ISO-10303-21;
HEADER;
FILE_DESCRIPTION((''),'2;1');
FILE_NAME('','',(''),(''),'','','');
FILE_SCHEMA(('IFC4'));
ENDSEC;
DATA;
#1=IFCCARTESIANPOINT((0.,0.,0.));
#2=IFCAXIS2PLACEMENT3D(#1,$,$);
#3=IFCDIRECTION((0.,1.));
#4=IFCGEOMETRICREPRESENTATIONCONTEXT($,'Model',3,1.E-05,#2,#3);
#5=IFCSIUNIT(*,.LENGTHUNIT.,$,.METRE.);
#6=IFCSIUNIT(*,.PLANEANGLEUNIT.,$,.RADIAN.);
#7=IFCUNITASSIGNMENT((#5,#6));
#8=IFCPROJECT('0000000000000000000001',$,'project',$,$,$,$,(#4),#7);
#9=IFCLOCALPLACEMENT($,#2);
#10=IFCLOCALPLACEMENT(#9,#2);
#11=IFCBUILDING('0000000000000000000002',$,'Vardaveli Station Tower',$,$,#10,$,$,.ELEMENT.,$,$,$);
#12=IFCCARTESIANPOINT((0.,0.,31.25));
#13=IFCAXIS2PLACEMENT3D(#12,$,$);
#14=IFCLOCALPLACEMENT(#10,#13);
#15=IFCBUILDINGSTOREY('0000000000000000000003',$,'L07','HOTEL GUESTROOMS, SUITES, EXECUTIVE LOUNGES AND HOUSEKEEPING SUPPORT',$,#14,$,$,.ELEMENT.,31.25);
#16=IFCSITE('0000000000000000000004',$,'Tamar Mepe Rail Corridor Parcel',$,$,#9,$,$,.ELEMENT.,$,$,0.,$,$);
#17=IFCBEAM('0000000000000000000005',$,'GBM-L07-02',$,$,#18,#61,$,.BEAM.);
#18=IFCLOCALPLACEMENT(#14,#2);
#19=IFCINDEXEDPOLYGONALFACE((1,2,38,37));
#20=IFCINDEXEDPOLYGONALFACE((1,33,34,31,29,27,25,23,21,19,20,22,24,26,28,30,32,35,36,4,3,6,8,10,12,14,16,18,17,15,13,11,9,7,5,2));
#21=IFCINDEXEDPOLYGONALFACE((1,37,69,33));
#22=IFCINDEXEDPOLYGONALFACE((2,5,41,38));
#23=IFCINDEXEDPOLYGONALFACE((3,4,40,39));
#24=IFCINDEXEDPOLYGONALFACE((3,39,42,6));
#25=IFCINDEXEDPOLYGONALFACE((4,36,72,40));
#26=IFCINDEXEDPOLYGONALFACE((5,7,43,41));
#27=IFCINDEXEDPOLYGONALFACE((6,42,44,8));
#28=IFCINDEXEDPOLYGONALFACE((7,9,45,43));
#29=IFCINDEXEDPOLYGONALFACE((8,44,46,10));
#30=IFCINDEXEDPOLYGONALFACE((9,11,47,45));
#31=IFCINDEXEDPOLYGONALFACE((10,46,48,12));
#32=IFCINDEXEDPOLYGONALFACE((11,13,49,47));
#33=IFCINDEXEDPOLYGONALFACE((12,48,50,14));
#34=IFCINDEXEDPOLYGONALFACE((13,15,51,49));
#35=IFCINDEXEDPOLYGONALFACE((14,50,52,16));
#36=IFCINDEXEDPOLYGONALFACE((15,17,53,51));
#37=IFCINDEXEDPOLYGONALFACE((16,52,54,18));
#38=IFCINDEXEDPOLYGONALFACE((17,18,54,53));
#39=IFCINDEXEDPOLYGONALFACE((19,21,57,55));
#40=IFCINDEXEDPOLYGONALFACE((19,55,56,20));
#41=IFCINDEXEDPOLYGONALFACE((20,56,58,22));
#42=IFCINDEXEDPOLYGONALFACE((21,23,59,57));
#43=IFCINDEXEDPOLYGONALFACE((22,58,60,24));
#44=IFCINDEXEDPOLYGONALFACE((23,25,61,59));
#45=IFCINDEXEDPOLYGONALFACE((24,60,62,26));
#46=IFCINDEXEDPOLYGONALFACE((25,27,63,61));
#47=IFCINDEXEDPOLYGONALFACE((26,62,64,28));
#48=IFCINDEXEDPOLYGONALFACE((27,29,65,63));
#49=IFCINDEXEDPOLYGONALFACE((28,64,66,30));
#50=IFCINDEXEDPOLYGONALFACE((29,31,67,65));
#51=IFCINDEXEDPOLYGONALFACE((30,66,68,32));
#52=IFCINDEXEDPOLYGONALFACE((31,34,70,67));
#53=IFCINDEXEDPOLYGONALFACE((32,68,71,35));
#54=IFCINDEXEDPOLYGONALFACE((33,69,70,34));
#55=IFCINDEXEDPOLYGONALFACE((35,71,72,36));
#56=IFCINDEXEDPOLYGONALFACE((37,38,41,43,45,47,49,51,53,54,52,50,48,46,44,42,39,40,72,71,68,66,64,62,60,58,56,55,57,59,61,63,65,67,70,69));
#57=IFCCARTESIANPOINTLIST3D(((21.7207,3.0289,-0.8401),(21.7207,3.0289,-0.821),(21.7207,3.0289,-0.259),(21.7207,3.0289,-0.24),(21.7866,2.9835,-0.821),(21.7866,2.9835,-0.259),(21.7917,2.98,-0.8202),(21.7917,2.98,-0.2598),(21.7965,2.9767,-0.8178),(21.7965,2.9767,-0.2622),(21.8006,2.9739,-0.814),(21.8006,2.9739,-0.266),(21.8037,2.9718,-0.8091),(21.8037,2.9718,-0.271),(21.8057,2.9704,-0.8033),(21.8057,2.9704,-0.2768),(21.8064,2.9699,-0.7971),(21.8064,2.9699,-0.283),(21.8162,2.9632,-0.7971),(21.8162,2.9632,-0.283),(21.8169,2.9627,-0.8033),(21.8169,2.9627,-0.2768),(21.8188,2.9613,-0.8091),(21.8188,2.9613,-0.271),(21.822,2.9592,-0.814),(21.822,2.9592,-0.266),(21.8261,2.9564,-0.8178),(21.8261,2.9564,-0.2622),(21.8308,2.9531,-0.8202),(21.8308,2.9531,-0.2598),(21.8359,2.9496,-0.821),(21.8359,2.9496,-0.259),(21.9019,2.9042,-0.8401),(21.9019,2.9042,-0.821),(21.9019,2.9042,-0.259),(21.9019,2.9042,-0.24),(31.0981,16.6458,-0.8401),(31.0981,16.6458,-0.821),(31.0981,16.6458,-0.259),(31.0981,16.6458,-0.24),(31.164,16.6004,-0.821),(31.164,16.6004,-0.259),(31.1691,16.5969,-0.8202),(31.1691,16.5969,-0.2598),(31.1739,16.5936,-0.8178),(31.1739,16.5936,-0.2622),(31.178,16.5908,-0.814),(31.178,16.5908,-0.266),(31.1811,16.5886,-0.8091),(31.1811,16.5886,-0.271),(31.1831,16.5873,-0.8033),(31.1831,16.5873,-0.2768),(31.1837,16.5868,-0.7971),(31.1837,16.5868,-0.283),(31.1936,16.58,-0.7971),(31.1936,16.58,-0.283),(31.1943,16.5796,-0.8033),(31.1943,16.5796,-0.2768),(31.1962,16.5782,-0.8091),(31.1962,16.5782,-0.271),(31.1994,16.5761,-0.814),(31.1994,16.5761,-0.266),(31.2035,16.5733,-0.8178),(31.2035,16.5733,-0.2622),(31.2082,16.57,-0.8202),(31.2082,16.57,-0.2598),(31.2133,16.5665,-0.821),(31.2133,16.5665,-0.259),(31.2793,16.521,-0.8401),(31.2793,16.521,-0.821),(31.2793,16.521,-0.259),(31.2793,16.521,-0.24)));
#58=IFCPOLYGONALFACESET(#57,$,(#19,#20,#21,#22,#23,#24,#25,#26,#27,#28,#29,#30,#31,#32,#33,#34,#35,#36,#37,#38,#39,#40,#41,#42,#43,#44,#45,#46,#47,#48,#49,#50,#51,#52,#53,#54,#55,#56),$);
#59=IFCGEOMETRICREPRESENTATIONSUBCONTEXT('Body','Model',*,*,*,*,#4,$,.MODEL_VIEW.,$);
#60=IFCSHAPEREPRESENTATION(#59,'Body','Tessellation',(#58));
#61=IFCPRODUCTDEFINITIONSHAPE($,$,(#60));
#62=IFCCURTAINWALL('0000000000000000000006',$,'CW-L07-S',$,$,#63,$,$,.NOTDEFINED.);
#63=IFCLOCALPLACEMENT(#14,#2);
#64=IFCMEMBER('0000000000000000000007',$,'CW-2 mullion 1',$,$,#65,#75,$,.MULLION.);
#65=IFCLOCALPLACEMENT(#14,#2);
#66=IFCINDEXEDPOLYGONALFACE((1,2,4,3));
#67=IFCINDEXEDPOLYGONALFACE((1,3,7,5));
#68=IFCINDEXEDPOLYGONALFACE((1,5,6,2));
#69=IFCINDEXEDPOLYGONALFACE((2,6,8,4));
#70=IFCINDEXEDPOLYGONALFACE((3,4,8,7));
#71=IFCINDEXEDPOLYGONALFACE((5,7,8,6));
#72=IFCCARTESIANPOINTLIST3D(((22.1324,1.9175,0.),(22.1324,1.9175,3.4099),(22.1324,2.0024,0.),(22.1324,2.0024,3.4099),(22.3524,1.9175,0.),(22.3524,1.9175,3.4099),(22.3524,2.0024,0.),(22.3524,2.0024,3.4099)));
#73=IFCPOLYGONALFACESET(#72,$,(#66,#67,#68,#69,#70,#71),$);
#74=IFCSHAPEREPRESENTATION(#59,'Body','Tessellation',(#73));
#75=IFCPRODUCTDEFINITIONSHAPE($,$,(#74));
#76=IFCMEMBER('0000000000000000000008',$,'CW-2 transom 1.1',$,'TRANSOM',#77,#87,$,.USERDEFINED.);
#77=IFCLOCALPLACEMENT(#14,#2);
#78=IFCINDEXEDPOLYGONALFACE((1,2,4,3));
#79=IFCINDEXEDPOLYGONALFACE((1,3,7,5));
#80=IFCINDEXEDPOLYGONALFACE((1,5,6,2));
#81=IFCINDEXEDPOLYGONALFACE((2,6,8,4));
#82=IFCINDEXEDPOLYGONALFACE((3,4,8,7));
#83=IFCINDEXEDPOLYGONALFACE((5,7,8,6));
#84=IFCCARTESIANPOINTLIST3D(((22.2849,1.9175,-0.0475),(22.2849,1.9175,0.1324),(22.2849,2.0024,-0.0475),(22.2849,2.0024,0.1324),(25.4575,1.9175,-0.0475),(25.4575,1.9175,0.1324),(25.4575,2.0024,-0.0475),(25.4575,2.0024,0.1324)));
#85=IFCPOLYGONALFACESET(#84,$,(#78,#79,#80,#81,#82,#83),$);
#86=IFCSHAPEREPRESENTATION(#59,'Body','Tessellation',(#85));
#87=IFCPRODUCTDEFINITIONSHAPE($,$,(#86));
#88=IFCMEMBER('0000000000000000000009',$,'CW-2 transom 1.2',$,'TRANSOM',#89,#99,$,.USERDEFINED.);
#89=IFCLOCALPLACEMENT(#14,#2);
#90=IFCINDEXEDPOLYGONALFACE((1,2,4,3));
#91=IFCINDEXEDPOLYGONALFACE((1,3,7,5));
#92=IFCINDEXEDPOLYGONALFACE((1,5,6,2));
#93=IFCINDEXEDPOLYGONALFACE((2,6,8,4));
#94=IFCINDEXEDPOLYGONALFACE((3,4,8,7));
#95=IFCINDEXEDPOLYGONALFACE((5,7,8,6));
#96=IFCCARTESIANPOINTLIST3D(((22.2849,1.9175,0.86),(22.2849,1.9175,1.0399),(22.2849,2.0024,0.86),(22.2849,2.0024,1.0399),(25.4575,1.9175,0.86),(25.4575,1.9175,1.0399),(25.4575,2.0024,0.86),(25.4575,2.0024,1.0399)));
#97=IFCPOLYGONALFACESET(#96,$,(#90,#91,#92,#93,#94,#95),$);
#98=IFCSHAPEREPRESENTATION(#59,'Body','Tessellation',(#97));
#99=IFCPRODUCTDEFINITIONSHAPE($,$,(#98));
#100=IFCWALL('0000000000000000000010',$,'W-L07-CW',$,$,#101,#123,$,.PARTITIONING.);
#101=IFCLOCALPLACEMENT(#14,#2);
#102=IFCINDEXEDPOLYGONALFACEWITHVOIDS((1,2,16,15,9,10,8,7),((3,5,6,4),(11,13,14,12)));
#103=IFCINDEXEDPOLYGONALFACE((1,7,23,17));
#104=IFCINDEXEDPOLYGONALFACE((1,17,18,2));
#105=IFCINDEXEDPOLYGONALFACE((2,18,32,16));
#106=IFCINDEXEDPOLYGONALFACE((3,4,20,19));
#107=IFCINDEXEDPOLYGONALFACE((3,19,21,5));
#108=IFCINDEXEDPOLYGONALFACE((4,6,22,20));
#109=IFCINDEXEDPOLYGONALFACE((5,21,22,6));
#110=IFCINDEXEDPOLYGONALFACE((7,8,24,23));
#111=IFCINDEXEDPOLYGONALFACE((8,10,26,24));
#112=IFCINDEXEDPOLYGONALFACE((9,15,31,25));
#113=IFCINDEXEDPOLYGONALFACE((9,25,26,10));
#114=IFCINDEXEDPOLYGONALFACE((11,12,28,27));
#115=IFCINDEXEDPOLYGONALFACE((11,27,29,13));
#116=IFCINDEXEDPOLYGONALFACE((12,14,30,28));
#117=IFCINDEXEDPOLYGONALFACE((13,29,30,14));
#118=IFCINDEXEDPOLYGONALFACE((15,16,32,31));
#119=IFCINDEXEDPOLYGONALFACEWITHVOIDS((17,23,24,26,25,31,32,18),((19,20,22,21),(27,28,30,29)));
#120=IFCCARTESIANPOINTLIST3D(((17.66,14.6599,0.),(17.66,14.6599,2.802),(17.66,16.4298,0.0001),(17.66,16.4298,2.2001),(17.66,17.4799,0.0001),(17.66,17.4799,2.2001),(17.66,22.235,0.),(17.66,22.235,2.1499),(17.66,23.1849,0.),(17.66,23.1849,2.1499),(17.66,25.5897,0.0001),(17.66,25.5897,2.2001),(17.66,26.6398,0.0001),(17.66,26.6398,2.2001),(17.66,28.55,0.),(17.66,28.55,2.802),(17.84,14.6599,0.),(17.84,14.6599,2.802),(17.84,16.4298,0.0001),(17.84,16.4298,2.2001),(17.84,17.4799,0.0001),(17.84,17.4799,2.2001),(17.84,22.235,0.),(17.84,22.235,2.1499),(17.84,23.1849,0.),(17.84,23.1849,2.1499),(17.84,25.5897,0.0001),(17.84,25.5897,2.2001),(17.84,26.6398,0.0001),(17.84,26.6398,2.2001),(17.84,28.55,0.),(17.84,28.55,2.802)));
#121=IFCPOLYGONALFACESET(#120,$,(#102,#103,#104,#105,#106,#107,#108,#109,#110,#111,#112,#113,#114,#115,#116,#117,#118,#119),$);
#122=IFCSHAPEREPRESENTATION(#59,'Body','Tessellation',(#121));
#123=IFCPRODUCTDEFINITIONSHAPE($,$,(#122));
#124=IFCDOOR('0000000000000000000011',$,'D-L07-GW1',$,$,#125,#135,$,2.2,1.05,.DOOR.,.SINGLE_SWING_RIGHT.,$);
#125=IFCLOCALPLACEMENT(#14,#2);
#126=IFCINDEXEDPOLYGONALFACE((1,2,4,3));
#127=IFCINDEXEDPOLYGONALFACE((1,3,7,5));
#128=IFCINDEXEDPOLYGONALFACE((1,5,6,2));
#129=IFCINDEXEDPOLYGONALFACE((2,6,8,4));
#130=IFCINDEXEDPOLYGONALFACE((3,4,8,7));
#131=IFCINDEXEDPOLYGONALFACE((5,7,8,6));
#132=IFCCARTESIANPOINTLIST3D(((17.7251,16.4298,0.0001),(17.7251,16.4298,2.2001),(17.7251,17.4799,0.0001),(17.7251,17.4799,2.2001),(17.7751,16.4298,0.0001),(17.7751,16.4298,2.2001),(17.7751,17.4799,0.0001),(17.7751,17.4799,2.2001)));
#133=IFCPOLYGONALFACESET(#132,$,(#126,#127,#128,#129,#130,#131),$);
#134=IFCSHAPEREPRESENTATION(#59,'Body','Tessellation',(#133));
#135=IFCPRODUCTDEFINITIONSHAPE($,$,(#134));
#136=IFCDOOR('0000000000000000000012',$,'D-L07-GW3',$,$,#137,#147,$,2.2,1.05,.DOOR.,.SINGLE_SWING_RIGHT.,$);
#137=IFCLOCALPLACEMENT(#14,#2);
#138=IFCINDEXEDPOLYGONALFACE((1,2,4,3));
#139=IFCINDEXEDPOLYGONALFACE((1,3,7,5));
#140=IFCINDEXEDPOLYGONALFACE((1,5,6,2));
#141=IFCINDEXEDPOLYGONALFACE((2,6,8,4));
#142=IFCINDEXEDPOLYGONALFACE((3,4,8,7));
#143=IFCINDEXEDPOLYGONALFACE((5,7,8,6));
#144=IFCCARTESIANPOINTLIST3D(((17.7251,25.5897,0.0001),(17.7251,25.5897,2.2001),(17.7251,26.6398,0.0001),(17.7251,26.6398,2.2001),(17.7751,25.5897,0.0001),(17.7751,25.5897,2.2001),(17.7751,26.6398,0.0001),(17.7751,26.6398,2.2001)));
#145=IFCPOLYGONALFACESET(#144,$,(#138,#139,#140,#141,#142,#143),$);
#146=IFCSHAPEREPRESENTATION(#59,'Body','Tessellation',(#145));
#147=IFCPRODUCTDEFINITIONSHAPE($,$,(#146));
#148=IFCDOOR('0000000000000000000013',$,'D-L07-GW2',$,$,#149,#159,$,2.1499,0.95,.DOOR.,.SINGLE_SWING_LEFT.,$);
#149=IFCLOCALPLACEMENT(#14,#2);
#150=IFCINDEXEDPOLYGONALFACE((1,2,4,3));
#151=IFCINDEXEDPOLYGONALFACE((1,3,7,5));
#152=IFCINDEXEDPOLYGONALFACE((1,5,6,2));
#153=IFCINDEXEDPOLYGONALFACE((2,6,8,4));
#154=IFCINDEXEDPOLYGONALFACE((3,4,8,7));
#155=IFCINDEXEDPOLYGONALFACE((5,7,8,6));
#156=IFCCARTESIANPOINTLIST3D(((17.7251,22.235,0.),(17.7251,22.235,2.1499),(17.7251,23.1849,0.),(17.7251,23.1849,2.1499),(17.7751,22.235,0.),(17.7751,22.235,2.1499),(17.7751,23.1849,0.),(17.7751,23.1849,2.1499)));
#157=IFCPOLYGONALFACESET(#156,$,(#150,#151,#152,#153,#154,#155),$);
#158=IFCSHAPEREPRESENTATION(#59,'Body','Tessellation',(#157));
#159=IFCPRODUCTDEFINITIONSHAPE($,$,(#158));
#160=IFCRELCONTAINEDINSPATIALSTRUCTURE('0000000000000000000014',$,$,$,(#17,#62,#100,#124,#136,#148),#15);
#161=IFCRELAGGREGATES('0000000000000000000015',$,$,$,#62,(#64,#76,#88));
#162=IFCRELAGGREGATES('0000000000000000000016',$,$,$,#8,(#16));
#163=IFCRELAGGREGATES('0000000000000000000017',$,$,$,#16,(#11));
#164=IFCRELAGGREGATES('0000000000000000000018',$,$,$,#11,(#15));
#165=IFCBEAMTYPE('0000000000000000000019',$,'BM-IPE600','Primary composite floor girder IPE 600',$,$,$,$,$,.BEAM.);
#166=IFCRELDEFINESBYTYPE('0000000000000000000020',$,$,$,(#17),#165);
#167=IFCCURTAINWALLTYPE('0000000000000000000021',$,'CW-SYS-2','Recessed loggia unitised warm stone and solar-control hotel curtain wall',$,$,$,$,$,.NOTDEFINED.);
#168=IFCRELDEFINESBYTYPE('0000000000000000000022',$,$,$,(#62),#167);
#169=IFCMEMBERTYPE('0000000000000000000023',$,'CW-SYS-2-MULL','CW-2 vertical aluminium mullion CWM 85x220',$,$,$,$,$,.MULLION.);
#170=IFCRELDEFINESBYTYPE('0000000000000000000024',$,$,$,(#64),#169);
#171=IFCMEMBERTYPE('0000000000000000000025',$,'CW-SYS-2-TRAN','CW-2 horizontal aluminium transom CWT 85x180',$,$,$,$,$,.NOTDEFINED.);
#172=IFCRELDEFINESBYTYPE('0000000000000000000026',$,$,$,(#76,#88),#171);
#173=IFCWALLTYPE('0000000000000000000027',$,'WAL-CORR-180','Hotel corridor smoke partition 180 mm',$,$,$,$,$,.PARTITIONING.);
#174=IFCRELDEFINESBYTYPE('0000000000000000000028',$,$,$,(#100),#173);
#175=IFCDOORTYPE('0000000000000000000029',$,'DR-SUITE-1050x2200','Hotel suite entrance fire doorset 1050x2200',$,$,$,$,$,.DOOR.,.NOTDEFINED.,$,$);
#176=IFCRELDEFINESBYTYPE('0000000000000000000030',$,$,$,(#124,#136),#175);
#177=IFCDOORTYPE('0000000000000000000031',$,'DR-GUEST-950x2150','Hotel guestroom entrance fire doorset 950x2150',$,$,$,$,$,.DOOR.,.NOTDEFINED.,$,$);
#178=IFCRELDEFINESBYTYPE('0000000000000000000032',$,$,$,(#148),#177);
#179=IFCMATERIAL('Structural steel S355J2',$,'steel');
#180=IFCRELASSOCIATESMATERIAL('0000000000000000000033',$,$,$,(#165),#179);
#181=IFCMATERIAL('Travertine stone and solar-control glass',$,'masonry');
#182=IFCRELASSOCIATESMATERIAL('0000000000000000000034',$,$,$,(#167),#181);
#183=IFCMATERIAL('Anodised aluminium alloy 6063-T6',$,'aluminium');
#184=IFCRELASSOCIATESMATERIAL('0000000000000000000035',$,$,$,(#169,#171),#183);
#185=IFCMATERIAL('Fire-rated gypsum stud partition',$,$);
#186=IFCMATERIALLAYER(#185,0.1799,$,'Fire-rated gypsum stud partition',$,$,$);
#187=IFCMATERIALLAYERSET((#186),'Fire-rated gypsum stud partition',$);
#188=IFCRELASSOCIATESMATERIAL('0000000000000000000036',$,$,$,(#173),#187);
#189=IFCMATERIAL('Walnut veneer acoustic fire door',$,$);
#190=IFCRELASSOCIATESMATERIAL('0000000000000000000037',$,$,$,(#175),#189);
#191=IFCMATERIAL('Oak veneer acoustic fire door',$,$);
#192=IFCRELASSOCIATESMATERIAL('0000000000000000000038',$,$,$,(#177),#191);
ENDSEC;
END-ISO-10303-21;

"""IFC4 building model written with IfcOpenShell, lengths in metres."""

from ifc_helpers import new_model, si_unit, direction, frame, frame_2d, origin, origin_2d, place, context, subcontext, project, spatial, rectangle, i_section, extrude, source, transform, mapped, material, layer, layer_set, material_profile, profile_set, type_object, element, fill, aggregate, save


model = new_model("IFC4")

# Units and contexts
model_context = context("Model", 3, precision=1e-05, world=origin(), true_north=direction((0.0, 1.0)))
body_context = subcontext(model_context, "Body", "Model", "MODEL_VIEW")
ifc_project = project(units=[si_unit("LENGTHUNIT", "METRE"), si_unit("PLANEANGLEUNIT", "RADIAN")], contexts=[model_context])

# Site, building, storey
site_placement = place(None, origin())
site = spatial("IfcSite", under=ifc_project, at=site_placement, Name="Tamar Mepe Rail Corridor Parcel", CompositionType="ELEMENT", RefElevation=0.0)
building_placement = place(site_placement, origin())
building = spatial("IfcBuilding", under=site, at=building_placement, Name="Vardaveli Station Tower", CompositionType="ELEMENT")
storey_placement = place(building_placement, frame((0.0, 0.0, 31.25)))
storey = spatial("IfcBuildingStorey", under=building, at=storey_placement, Name="L07", Description="HOTEL GUESTROOMS, SUITES, EXECUTIVE LOUNGES AND HOUSEKEEPING SUPPORT", CompositionType="ELEMENT", Elevation=31.25)

# Beam
ifc_material_1 = material(Name="Structural steel S355J2", Category="steel")
ifc_material_profile_1 = material_profile(ifc_material_1, i_section(OverallWidth=0.22, OverallDepth=0.6001, WebThickness=0.012, FlangeThickness=0.019, FilletRadius=0.0239, at=origin_2d()), Name="IPE 600")
ifc_profile_set_1 = profile_set([ifc_material_profile_1], Name="Structural steel S355J2")
beam_type_1 = type_object("IfcBeamType", Name="BM-IPE600", Description="Primary composite floor girder IPE 600", PredefinedType="BEAM", material=ifc_profile_set_1)
shared_shape_1 = source(origin(), body_context, "Body", "SweptSolid", [
    extrude(i_section(OverallWidth=0.22, OverallDepth=0.6001, WebThickness=0.012, FlangeThickness=0.019, FilletRadius=0.0239, at=origin_2d()), origin(), (0.0, 0.0, 1.0), 16.5334),
])
beam_1_placement = place(storey_placement, frame((21.8113, 2.9666, -0.54), z_axis=(0.567177, 0.823596, 0.0), x_axis=(-0.823596, 0.567177, 0.0)))
element("IfcBeam", 1, at=beam_1_placement, inside=storey, type_object=beam_type_1, Name="GBM-L07-02", PredefinedType="BEAM", context=body_context, shape_type="MappedRepresentation", body=[
    mapped(shared_shape_1, transform((0.0, 0.0, 0.0), scale=1.0)),
])

# Curtain wall, members
ifc_material_2 = material(Name="Travertine stone and solar-control glass", Category="masonry")
curtain_wall_type = type_object("IfcCurtainWallType", Name="CW-SYS-2", Description="Recessed loggia unitised warm stone and solar-control hotel curtain wall", PredefinedType="NOTDEFINED", material=ifc_material_2)
curtain_wall_placement = place(storey_placement, origin())
curtain_wall = element("IfcCurtainWall", 2, at=curtain_wall_placement, inside=storey, type_object=curtain_wall_type, Name="CW-L07-S", PredefinedType="NOTDEFINED")
ifc_material_3 = material(Name="Anodised aluminium alloy 6063-T6", Category="aluminium")
ifc_material_profile_2 = material_profile(ifc_material_3, rectangle(XDim=0.085, YDim=0.22, at=origin_2d()), Name="CWM 85x220")
ifc_profile_set_2 = profile_set([ifc_material_profile_2], Name="Anodised aluminium alloy 6063-T6")
member_type_1 = type_object("IfcMemberType", Name="CW-SYS-2-MULL", Description="CW-2 vertical aluminium mullion CWM 85x220", PredefinedType="MULLION", material=ifc_profile_set_2)
shared_shape_2 = source(origin(), body_context, "Body", "SweptSolid", [
    extrude(rectangle(XDim=0.085, YDim=0.22, at=origin_2d()), origin(), (0.0, 0.0, 1.0), 3.4099),
])
member_1_placement = place(storey_placement, frame((22.2424, 1.96, 0.0), z_axis=(0.0, 0.0, 1.0), x_axis=(0.0, 1.0, 0.0)))
member_1 = element("IfcMember", 3, at=member_1_placement, type_object=member_type_1, Name="CW-2 mullion 1", PredefinedType="MULLION", context=body_context, shape_type="MappedRepresentation", body=[
    mapped(shared_shape_2, transform((0.0, 0.0, 0.0), scale=1.0)),
])
ifc_material_profile_3 = material_profile(ifc_material_3, rectangle(XDim=0.085, YDim=0.1799, at=origin_2d()), Name="CWT 85x180")
ifc_profile_set_3 = profile_set([ifc_material_profile_3], Name="Anodised aluminium alloy 6063-T6")
member_type_2 = type_object("IfcMemberType", Name="CW-SYS-2-TRAN", Description="CW-2 horizontal aluminium transom CWT 85x180", PredefinedType="NOTDEFINED", material=ifc_profile_set_3)
shared_shape_3 = source(origin(), body_context, "Body", "SweptSolid", [
    extrude(rectangle(XDim=0.085, YDim=0.1799, at=origin_2d()), origin(), (0.0, 0.0, 1.0), 3.1726),
])
member_2_placement = place(storey_placement, frame((22.2849, 1.96, 0.0425), z_axis=(1.0, 0.0, 0.0), x_axis=(0.0, 1.0, 0.0)))
member_2 = element("IfcMember", 4, at=member_2_placement, type_object=member_type_2, Name="CW-2 transom 1.1", ObjectType="TRANSOM", PredefinedType="USERDEFINED", context=body_context, shape_type="MappedRepresentation", body=[
    mapped(shared_shape_3, transform((0.0, 0.0, 0.0), scale=1.0)),
])
member_3_placement = place(storey_placement, frame((22.2849, 1.96, 0.95), z_axis=(1.0, 0.0, 0.0), x_axis=(0.0, 1.0, 0.0)))
member_3 = element("IfcMember", 5, at=member_3_placement, type_object=member_type_2, Name="CW-2 transom 1.2", ObjectType="TRANSOM", PredefinedType="USERDEFINED", context=body_context, shape_type="MappedRepresentation", body=[
    mapped(shared_shape_3, transform((0.0, 0.0, 0.0), scale=1.0)),
])
aggregate(curtain_wall, [member_1, member_2, member_3])

# Wall, openings, doors
ifc_material_4 = material(Name="Fire-rated gypsum stud partition")
ifc_layer_1 = layer(ifc_material_4, 0.1799, Name="Fire-rated gypsum stud partition")
ifc_layer_set_1 = layer_set([ifc_layer_1], Name="Fire-rated gypsum stud partition")
wall_type_1 = type_object("IfcWallType", Name="WAL-CORR-180", Description="Hotel corridor smoke partition 180 mm", PredefinedType="PARTITIONING", material=ifc_layer_set_1)
shared_shape_4 = source(origin(), body_context, "Body", "SweptSolid", [
    extrude(rectangle(XDim=13.8901, YDim=0.1799, at=frame_2d((6.9451, 0.0))), origin(), (0.0, 0.0, 1.0), 2.802),
])
wall_1_placement = place(storey_placement, frame((17.75, 14.6599, 0.0), z_axis=(0.0, 0.0, 1.0), x_axis=(0.0, 1.0, 0.0)))
wall_1 = element("IfcWall", 6, at=wall_1_placement, inside=storey, type_object=wall_type_1, Name="W-L07-CW", PredefinedType="PARTITIONING", context=body_context, shape_type="MappedRepresentation", body=[
    mapped(shared_shape_4, transform((0.0, 0.0, 0.0), scale=1.0)),
])
shared_shape_5 = source(origin(), body_context, "Body", "SweptSolid", [
    extrude(rectangle(XDim=1.05, YDim=2.2, at=frame_2d((0.5249, 1.1001))), frame((0.0, 0.1001, 0.0), z_axis=(0.0, -1.0, 0.0), x_axis=(1.0, 0.0, 0.0)), (0.0, 0.0, 1.0), 0.2),
])
opening_1_placement = place(wall_1_placement, frame((1.77, 0.0, 0.0)))
opening_1 = element("IfcOpeningElement", 7, at=opening_1_placement, cuts=wall_1, PredefinedType="OPENING", context=body_context, shape_type="MappedRepresentation", body=[
    mapped(shared_shape_5, transform((0.0, 0.0, 0.0), scale=1.0)),
])
shared_shape_6 = source(origin(), body_context, "Body", "SweptSolid", [
    extrude(rectangle(XDim=0.95, YDim=2.1499, at=frame_2d((0.4751, 1.075))), frame((0.0, 0.1001, 0.0), z_axis=(0.0, -1.0, 0.0), x_axis=(1.0, 0.0, 0.0)), (0.0, 0.0, 1.0), 0.2),
])
opening_2_placement = place(wall_1_placement, frame((7.575, 0.0, 0.0)))
opening_2 = element("IfcOpeningElement", 8, at=opening_2_placement, cuts=wall_1, PredefinedType="OPENING", context=body_context, shape_type="MappedRepresentation", body=[
    mapped(shared_shape_6, transform((0.0, 0.0, 0.0), scale=1.0)),
])
opening_3_placement = place(wall_1_placement, frame((10.9299, 0.0, 0.0)))
opening_3 = element("IfcOpeningElement", 9, at=opening_3_placement, cuts=wall_1, PredefinedType="OPENING", context=body_context, shape_type="MappedRepresentation", body=[
    mapped(shared_shape_5, transform((0.0, 0.0, 0.0), scale=1.0)),
])
ifc_material_5 = material(Name="Walnut veneer acoustic fire door")
door_type_1 = type_object("IfcDoorType", Name="DR-SUITE-1050x2200", Description="Hotel suite entrance fire doorset 1050x2200", OperationType="NOTDEFINED", PredefinedType="DOOR", material=ifc_material_5)
shared_shape_7 = source(origin(), body_context, "Body", "SweptSolid", [
    extrude(rectangle(XDim=1.05, YDim=2.2, at=frame_2d((0.5249, 1.1001))), frame((0.0, 0.0249, 0.0), z_axis=(0.0, -1.0, 0.0), x_axis=(1.0, 0.0, 0.0)), (0.0, 0.0, 1.0), 0.05),
])
door_1_placement = place(opening_1_placement, origin())
door_1 = element("IfcDoor", 10, at=door_1_placement, inside=storey, type_object=door_type_1, Name="D-L07-GW1", OperationType="SINGLE_SWING_RIGHT", OverallHeight=2.2, OverallWidth=1.05, PredefinedType="DOOR", context=body_context, shape_type="MappedRepresentation", body=[
    mapped(shared_shape_7, transform((0.0, 0.0, 0.0), scale=1.0)),
])
fill(opening_1, door_1)
door_2_placement = place(opening_3_placement, origin())
door_2 = element("IfcDoor", 11, at=door_2_placement, inside=storey, type_object=door_type_1, Name="D-L07-GW3", OperationType="SINGLE_SWING_RIGHT", OverallHeight=2.2, OverallWidth=1.05, PredefinedType="DOOR", context=body_context, shape_type="MappedRepresentation", body=[
    mapped(shared_shape_7, transform((0.0, 0.0, 0.0), scale=1.0)),
])
fill(opening_3, door_2)
ifc_material_6 = material(Name="Oak veneer acoustic fire door")
door_type_2 = type_object("IfcDoorType", Name="DR-GUEST-950x2150", Description="Hotel guestroom entrance fire doorset 950x2150", OperationType="NOTDEFINED", PredefinedType="DOOR", material=ifc_material_6)
shared_shape_8 = source(origin(), body_context, "Body", "SweptSolid", [
    extrude(rectangle(XDim=0.95, YDim=2.1499, at=frame_2d((0.4751, 1.075))), frame((0.0, 0.0249, 0.0), z_axis=(0.0, -1.0, 0.0), x_axis=(1.0, 0.0, 0.0)), (0.0, 0.0, 1.0), 0.05),
])
door_3_placement = place(opening_2_placement, origin())
door_3 = element("IfcDoor", 12, at=door_3_placement, inside=storey, type_object=door_type_2, Name="D-L07-GW2", OperationType="SINGLE_SWING_LEFT", OverallHeight=2.1499, OverallWidth=0.95, PredefinedType="DOOR", context=body_context, shape_type="MappedRepresentation", body=[
    mapped(shared_shape_8, transform((0.0, 0.0, 0.0), scale=1.0)),
])
fill(opening_2, door_3)

save(model, "model.ifc")
